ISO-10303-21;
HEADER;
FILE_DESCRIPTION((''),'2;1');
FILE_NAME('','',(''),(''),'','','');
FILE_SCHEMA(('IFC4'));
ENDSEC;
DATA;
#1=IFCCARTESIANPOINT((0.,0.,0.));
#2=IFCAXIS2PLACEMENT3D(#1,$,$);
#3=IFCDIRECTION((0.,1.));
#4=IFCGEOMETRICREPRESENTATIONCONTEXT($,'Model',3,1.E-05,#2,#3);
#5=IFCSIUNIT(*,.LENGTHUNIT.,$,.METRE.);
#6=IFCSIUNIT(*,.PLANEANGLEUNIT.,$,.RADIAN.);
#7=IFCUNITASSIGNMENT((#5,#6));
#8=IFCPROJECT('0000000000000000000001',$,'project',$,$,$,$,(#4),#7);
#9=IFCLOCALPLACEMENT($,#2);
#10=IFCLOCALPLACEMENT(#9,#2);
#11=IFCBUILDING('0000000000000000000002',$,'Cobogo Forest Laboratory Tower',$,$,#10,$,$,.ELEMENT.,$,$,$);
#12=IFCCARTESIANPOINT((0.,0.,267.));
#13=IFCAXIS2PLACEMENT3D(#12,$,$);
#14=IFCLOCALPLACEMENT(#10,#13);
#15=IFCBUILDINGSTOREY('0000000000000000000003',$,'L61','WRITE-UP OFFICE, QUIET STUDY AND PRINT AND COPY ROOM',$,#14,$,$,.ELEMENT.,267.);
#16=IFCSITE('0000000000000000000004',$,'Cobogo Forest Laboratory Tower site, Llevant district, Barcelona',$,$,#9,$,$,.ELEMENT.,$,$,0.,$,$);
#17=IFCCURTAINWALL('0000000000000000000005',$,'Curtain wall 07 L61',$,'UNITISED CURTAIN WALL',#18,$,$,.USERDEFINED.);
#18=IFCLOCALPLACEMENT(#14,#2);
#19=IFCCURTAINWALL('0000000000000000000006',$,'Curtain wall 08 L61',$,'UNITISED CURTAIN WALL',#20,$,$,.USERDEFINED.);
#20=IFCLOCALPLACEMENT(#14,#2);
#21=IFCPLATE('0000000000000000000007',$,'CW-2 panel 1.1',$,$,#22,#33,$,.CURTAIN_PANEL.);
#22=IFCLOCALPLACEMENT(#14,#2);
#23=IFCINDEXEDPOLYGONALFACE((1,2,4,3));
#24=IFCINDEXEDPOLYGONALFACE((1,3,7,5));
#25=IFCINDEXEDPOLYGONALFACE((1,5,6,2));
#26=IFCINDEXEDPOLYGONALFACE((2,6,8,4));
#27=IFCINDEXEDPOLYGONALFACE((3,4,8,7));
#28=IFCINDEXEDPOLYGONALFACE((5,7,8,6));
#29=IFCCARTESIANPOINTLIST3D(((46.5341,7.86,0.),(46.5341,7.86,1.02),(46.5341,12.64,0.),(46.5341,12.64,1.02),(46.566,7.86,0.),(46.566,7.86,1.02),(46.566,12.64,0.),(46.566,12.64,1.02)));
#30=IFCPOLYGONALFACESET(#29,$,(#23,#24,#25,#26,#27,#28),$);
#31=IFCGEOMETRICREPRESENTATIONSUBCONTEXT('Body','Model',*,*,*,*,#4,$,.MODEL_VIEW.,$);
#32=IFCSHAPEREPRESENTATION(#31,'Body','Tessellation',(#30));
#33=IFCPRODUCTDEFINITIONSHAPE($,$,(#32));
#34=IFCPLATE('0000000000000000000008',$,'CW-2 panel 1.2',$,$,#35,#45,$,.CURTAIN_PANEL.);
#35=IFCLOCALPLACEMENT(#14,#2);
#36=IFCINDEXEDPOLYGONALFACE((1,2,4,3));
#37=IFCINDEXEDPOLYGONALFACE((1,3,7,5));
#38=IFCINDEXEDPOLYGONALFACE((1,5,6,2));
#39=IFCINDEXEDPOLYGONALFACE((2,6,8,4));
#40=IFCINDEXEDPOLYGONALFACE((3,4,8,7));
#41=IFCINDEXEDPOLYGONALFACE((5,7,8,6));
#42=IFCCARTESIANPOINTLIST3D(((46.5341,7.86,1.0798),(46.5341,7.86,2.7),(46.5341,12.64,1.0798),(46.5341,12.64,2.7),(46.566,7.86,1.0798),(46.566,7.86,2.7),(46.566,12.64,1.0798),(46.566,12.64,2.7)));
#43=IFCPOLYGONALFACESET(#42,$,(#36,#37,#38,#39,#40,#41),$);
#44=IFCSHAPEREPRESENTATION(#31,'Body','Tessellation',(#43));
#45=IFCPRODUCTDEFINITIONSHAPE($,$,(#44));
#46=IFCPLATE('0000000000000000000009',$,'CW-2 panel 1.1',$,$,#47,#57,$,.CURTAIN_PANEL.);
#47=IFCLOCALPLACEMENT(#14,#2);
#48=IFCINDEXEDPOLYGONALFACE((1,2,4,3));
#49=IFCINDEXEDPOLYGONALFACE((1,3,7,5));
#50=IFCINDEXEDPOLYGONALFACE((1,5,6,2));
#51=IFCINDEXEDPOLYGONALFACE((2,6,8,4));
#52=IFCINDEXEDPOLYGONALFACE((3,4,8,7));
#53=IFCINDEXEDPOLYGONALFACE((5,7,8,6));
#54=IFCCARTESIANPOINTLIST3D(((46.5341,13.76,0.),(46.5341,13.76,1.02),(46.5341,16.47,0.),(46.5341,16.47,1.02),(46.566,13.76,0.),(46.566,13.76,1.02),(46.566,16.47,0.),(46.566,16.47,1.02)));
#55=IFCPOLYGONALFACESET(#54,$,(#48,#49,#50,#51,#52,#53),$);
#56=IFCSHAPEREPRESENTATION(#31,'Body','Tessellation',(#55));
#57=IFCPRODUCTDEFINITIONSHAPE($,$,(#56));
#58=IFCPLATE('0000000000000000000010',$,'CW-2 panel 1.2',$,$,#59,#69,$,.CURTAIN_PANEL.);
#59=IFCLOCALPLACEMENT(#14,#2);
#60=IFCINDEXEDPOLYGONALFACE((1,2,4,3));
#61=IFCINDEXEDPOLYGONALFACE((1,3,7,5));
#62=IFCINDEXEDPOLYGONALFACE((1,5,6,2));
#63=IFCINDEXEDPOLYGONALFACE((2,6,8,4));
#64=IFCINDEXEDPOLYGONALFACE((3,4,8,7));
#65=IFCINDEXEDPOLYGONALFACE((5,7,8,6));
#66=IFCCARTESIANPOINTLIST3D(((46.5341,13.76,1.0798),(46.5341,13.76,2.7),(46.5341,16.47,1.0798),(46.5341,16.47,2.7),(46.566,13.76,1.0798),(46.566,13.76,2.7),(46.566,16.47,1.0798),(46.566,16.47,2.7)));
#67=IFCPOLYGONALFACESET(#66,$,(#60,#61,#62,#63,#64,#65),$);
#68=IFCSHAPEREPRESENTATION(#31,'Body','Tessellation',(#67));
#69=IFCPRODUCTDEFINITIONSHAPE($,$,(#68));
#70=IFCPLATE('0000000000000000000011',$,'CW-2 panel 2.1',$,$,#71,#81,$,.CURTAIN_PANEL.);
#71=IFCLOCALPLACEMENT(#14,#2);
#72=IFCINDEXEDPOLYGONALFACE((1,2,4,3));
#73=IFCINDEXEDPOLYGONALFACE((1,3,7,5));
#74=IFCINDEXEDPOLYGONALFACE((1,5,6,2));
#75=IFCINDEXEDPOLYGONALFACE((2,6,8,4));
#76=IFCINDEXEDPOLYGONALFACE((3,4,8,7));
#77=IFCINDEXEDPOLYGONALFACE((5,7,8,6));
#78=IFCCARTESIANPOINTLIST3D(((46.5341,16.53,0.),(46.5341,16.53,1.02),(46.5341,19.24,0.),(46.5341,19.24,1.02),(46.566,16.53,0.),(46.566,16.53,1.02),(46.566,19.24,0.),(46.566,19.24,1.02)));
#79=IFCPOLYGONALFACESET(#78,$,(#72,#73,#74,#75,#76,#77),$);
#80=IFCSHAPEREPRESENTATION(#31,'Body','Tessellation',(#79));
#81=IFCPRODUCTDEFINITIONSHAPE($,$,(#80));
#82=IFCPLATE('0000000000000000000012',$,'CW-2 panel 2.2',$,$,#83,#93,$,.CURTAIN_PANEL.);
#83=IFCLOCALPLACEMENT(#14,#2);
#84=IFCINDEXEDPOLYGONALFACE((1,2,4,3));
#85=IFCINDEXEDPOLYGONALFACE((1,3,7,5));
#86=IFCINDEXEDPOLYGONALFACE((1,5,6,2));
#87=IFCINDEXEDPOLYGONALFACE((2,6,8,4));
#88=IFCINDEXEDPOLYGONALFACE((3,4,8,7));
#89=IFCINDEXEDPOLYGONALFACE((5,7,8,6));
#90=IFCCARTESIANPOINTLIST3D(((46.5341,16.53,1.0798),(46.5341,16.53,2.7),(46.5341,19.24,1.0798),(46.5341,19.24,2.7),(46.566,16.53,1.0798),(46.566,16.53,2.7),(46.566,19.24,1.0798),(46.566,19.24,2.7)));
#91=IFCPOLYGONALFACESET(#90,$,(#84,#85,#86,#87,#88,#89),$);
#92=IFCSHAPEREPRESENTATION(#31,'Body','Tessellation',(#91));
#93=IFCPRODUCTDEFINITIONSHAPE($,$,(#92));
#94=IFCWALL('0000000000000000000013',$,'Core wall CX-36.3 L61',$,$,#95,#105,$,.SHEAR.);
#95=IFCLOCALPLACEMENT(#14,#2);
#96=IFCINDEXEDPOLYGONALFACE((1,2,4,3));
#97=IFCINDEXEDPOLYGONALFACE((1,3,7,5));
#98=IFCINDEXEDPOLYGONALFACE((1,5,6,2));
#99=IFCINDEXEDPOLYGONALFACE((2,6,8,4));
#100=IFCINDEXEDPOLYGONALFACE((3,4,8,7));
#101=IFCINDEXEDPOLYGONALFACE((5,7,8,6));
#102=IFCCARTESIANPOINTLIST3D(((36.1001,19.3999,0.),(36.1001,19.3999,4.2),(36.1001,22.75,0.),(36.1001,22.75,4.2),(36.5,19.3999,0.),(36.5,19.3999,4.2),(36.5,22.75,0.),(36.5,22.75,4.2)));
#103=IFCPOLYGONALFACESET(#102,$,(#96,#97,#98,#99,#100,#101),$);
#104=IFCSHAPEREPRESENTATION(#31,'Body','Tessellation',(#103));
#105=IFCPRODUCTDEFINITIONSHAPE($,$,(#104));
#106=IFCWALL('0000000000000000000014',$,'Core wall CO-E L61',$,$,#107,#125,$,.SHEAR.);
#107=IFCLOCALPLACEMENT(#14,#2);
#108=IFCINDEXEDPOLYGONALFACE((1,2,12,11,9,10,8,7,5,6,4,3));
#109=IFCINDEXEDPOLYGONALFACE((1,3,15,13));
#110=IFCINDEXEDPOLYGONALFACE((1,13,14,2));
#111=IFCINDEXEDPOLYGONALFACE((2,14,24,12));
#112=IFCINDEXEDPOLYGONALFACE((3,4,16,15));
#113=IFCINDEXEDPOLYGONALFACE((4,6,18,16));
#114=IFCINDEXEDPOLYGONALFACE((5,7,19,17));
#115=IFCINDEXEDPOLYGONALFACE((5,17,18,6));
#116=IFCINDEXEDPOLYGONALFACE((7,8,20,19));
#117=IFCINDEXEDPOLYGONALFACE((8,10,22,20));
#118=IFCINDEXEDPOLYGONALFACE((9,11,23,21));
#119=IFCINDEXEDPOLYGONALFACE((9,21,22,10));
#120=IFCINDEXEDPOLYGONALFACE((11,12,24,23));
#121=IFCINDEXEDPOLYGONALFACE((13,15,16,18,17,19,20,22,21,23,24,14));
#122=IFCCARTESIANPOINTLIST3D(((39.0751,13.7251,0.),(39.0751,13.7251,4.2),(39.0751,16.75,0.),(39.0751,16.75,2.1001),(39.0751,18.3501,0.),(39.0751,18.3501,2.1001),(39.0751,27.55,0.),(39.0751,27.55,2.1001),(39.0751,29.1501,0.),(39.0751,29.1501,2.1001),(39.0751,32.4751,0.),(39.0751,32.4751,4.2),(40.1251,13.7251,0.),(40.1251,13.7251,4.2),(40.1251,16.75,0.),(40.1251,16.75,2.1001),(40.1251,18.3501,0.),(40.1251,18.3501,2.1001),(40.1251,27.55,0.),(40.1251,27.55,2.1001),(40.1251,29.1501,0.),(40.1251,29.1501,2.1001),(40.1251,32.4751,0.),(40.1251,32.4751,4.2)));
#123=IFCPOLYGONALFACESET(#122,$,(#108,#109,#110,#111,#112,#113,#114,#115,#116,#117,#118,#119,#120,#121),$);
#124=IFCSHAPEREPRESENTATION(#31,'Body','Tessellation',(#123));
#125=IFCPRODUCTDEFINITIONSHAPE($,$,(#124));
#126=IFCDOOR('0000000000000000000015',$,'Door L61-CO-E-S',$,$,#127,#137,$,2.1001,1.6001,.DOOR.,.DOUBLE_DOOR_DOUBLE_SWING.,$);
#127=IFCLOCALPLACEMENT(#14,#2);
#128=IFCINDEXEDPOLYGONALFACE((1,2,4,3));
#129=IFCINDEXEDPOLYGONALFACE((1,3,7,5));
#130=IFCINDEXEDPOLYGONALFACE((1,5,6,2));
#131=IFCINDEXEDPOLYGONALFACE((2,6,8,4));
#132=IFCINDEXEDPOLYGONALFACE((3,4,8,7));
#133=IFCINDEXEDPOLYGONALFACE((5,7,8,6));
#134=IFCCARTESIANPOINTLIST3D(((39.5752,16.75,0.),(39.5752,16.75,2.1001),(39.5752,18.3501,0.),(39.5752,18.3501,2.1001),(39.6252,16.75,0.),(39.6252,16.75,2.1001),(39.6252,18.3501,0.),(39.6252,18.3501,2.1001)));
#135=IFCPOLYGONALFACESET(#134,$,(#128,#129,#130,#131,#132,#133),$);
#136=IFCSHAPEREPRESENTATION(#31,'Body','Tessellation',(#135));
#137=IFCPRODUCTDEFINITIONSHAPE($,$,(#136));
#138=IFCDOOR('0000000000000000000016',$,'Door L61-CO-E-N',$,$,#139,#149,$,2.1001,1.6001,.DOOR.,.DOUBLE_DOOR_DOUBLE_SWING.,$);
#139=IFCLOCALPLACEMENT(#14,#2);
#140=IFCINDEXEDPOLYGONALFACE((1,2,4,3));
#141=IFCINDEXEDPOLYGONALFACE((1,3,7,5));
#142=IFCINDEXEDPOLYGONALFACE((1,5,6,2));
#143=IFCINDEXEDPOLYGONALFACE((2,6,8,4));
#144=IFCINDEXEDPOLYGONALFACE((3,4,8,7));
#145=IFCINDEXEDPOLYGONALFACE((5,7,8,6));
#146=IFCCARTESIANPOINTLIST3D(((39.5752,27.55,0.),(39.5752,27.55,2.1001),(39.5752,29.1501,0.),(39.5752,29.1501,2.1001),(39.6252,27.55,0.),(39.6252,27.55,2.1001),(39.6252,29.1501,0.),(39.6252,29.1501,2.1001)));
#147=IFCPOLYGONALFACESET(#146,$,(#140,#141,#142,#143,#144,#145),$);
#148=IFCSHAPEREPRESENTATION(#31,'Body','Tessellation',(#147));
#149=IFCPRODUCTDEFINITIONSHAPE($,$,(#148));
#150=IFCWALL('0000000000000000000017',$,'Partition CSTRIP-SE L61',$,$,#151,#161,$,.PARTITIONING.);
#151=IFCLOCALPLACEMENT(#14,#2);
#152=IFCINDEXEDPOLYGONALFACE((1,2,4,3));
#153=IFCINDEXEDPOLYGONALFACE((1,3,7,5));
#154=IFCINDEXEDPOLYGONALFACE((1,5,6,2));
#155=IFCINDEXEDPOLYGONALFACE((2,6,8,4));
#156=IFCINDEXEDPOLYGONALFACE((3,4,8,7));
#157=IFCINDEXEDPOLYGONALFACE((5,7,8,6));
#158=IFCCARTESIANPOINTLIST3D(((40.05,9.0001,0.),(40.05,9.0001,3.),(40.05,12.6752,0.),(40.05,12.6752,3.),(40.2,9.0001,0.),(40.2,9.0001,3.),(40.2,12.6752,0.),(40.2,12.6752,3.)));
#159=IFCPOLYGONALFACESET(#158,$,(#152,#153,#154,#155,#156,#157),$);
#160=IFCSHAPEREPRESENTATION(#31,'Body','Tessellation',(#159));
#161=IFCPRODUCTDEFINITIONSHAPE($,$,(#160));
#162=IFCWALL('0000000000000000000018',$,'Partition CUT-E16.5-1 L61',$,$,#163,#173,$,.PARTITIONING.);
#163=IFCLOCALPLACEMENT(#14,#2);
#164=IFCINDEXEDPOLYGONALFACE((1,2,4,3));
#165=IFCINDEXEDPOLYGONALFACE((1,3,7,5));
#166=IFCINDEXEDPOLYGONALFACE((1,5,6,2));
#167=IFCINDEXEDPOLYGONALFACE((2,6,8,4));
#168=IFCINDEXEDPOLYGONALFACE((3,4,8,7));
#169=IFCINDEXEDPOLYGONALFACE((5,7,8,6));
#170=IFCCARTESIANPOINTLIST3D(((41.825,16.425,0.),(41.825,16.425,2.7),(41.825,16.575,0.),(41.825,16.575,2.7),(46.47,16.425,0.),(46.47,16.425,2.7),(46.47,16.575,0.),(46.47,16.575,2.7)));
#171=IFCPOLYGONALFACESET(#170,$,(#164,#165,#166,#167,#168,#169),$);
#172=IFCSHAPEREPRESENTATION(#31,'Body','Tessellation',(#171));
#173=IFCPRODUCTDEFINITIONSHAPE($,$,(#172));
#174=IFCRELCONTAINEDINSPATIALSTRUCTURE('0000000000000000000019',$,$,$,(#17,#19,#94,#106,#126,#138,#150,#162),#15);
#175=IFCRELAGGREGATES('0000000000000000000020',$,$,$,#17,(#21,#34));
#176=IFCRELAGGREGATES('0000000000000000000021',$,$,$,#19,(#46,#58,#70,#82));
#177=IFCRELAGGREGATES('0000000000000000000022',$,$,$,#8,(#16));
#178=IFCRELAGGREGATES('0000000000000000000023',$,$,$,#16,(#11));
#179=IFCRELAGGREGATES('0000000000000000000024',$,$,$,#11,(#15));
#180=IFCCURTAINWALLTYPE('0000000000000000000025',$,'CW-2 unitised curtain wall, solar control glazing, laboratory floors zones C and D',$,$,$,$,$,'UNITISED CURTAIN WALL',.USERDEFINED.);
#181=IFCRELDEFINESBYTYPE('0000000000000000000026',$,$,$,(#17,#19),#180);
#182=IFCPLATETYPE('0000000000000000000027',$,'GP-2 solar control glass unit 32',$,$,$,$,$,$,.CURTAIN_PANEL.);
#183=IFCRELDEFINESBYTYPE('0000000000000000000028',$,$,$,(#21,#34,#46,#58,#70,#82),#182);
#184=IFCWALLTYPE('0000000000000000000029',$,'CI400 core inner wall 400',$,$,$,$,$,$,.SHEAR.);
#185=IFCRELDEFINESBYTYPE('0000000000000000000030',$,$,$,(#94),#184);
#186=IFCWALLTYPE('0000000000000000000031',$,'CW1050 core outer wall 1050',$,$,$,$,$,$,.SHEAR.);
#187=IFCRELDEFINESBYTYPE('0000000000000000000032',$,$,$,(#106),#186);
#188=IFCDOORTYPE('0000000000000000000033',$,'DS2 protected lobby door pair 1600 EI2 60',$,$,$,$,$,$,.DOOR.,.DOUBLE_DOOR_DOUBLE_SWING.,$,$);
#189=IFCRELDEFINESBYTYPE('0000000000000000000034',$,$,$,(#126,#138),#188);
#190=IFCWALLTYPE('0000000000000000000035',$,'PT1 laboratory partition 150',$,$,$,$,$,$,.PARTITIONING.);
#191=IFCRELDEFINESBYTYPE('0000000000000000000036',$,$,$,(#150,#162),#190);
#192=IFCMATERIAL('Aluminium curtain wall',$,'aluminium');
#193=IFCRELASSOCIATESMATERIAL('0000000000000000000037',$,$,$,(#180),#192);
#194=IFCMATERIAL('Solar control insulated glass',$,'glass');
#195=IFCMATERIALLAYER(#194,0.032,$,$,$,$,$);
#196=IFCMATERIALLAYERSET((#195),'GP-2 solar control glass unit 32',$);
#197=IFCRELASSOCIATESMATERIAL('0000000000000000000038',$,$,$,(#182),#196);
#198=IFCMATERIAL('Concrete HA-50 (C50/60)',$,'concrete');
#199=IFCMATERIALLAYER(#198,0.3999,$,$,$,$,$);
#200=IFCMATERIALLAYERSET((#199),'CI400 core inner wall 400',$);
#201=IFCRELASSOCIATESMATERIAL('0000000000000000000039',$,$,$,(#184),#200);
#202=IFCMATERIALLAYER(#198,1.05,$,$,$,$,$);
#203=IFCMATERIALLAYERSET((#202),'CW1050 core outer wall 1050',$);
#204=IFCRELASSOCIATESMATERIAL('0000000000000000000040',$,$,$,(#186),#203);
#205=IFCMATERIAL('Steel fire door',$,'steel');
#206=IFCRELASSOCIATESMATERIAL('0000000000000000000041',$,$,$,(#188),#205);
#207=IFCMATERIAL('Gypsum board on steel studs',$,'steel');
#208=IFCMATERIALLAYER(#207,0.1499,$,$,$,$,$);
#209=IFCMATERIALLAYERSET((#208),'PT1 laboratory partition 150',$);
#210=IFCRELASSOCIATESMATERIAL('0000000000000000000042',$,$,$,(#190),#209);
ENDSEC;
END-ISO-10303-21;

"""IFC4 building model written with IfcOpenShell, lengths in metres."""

from ifc_helpers import new_model, si_unit, direction, frame, frame_2d, origin, origin_2d, place, context, subcontext, project, spatial, rectangle, extrude, material, layer, layer_set, type_object, element, fill, aggregate, save


model = new_model("IFC4")

# Units and contexts
model_context = context("Model", 3, precision=1e-05, world=origin(), true_north=direction((0.0, 1.0)))
body_context = subcontext(model_context, "Body", "Model", "MODEL_VIEW")
ifc_project = project(units=[si_unit("LENGTHUNIT", "METRE"), si_unit("PLANEANGLEUNIT", "RADIAN")], contexts=[model_context])

# Site, building, storey
site_placement = place(None, origin())
site = spatial("IfcSite", under=ifc_project, at=site_placement, Name="Cobogo Forest Laboratory Tower site, Llevant district, Barcelona", CompositionType="ELEMENT", RefElevation=0.0)
building_placement = place(site_placement, origin())
building = spatial("IfcBuilding", under=site, at=building_placement, Name="Cobogo Forest Laboratory Tower", CompositionType="ELEMENT")
storey_placement = place(building_placement, frame((0.0, 0.0, 267.0)))
storey = spatial("IfcBuildingStorey", under=building, at=storey_placement, Name="L61", Description="WRITE-UP OFFICE, QUIET STUDY AND PRINT AND COPY ROOM", CompositionType="ELEMENT", Elevation=267.0)

# Shared definitions
ifc_material_1 = material(Name="Concrete HA-50 (C50/60)", Category="concrete")

# Curtain walls
ifc_material_2 = material(Name="Aluminium curtain wall", Category="aluminium")
curtain_wall_type = type_object("IfcCurtainWallType", Name="CW-2 unitised curtain wall, solar control glazing, laboratory floors zones C and D", ElementType="UNITISED CURTAIN WALL", PredefinedType="USERDEFINED", material=ifc_material_2)
curtain_wall_1_placement = place(storey_placement, origin())
curtain_wall_1 = element("IfcCurtainWall", 1, at=curtain_wall_1_placement, inside=storey, type_object=curtain_wall_type, Name="Curtain wall 07 L61", ObjectType="UNITISED CURTAIN WALL", PredefinedType="USERDEFINED")
curtain_wall_2_placement = place(storey_placement, origin())
curtain_wall_2 = element("IfcCurtainWall", 2, at=curtain_wall_2_placement, inside=storey, type_object=curtain_wall_type, Name="Curtain wall 08 L61", ObjectType="UNITISED CURTAIN WALL", PredefinedType="USERDEFINED")

# Plates
ifc_material_3 = material(Name="Solar control insulated glass", Category="glass")
ifc_layer_1 = layer(ifc_material_3, 0.032)
ifc_layer_set_1 = layer_set([ifc_layer_1], Name="GP-2 solar control glass unit 32")
plate_type_1 = type_object("IfcPlateType", Name="GP-2 solar control glass unit 32", PredefinedType="CURTAIN_PANEL", material=ifc_layer_set_1)
plate_1_placement = place(storey_placement, frame((46.55, 10.25, 0.0), z_axis=(0.0, 0.0, 1.0), x_axis=(0.0, 1.0, 0.0)))
plate_1 = element("IfcPlate", 3, at=plate_1_placement, type_object=plate_type_1, Name="CW-2 panel 1.1", PredefinedType="CURTAIN_PANEL", context=body_context, shape_type="SweptSolid", body=[
    extrude(rectangle(XDim=4.78, YDim=0.032, at=origin_2d()), origin(), (0.0, 0.0, 1.0), 1.02),
])
plate_2_placement = place(storey_placement, frame((46.55, 10.25, 1.0798), z_axis=(0.0, 0.0, 1.0), x_axis=(0.0, 1.0, 0.0)))
plate_2 = element("IfcPlate", 4, at=plate_2_placement, type_object=plate_type_1, Name="CW-2 panel 1.2", PredefinedType="CURTAIN_PANEL", context=body_context, shape_type="SweptSolid", body=[
    extrude(rectangle(XDim=4.78, YDim=0.032, at=origin_2d()), origin(), (0.0, 0.0, 1.0), 1.6201),
])
aggregate(curtain_wall_1, [plate_1, plate_2])
plate_3_placement = place(storey_placement, frame((46.55, 15.115, 0.0), z_axis=(0.0, 0.0, 1.0), x_axis=(0.0, 1.0, 0.0)))
plate_3 = element("IfcPlate", 5, at=plate_3_placement, type_object=plate_type_1, Name="CW-2 panel 1.1", PredefinedType="CURTAIN_PANEL", context=body_context, shape_type="SweptSolid", body=[
    extrude(rectangle(XDim=2.71, YDim=0.032, at=origin_2d()), origin(), (0.0, 0.0, 1.0), 1.02),
])
plate_4_placement = place(storey_placement, frame((46.55, 15.115, 1.0798), z_axis=(0.0, 0.0, 1.0), x_axis=(0.0, 1.0, 0.0)))
plate_4 = element("IfcPlate", 6, at=plate_4_placement, type_object=plate_type_1, Name="CW-2 panel 1.2", PredefinedType="CURTAIN_PANEL", context=body_context, shape_type="SweptSolid", body=[
    extrude(rectangle(XDim=2.71, YDim=0.032, at=origin_2d()), origin(), (0.0, 0.0, 1.0), 1.6201),
])
plate_5_placement = place(storey_placement, frame((46.55, 17.885, 0.0), z_axis=(0.0, 0.0, 1.0), x_axis=(0.0, 1.0, 0.0)))
plate_5 = element("IfcPlate", 7, at=plate_5_placement, type_object=plate_type_1, Name="CW-2 panel 2.1", PredefinedType="CURTAIN_PANEL", context=body_context, shape_type="SweptSolid", body=[
    extrude(rectangle(XDim=2.71, YDim=0.032, at=origin_2d()), origin(), (0.0, 0.0, 1.0), 1.02),
])
plate_6_placement = place(storey_placement, frame((46.55, 17.885, 1.0798), z_axis=(0.0, 0.0, 1.0), x_axis=(0.0, 1.0, 0.0)))
plate_6 = element("IfcPlate", 8, at=plate_6_placement, type_object=plate_type_1, Name="CW-2 panel 2.2", PredefinedType="CURTAIN_PANEL", context=body_context, shape_type="SweptSolid", body=[
    extrude(rectangle(XDim=2.71, YDim=0.032, at=origin_2d()), origin(), (0.0, 0.0, 1.0), 1.6201),
])
aggregate(curtain_wall_2, [plate_3, plate_4, plate_5, plate_6])

# Wall
ifc_layer_2 = layer(ifc_material_1, 0.3999)
ifc_layer_set_2 = layer_set([ifc_layer_2], Name="CI400 core inner wall 400")
wall_type_1 = type_object("IfcWallType", Name="CI400 core inner wall 400", PredefinedType="SHEAR", material=ifc_layer_set_2)
wall_1_placement = place(storey_placement, frame((36.3, 19.3999, 0.0), z_axis=(0.0, 0.0, 1.0), x_axis=(0.0, 1.0, 0.0)))
element("IfcWall", 9, at=wall_1_placement, inside=storey, type_object=wall_type_1, Name="Core wall CX-36.3 L61", PredefinedType="SHEAR", context=body_context, shape_type="SweptSolid", body=[
    extrude(rectangle(XDim=3.3501, YDim=0.3999, at=frame_2d((1.675, 0.0))), origin(), (0.0, 0.0, 1.0), 4.2),
])

# Wall, openings, doors
ifc_layer_3 = layer(ifc_material_1, 1.05)
ifc_layer_set_3 = layer_set([ifc_layer_3], Name="CW1050 core outer wall 1050")
wall_type_2 = type_object("IfcWallType", Name="CW1050 core outer wall 1050", PredefinedType="SHEAR", material=ifc_layer_set_3)
wall_2_placement = place(storey_placement, frame((39.6001, 13.7251, 0.0), z_axis=(0.0, 0.0, 1.0), x_axis=(0.0, 1.0, 0.0)))
wall_2 = element("IfcWall", 10, at=wall_2_placement, inside=storey, type_object=wall_type_2, Name="Core wall CO-E L61", PredefinedType="SHEAR", context=body_context, shape_type="SweptSolid", body=[
    extrude(rectangle(XDim=18.75, YDim=1.05, at=frame_2d((9.375, 0.0))), origin(), (0.0, 0.0, 1.0), 4.2),
])
opening_1_placement = place(wall_2_placement, frame((3.0249, 0.0, 0.0)))
opening_1 = element("IfcOpeningElement", 11, at=opening_1_placement, cuts=wall_2, PredefinedType="OPENING", context=body_context, shape_type="SweptSolid", body=[
    extrude(rectangle(XDim=1.6001, YDim=2.1001, at=frame_2d((0.8, 1.05))), frame((0.0, 0.5349, 0.0), z_axis=(0.0, -1.0, 0.0), x_axis=(1.0, 0.0, 0.0)), (0.0, 0.0, 1.0), 1.0701),
])
opening_2_placement = place(wall_2_placement, frame((13.825, 0.0, 0.0)))
opening_2 = element("IfcOpeningElement", 12, at=opening_2_placement, cuts=wall_2, PredefinedType="OPENING", context=body_context, shape_type="SweptSolid", body=[
    extrude(rectangle(XDim=1.6001, YDim=2.1001, at=frame_2d((0.8, 1.05))), frame((0.0, 0.5349, 0.0), z_axis=(0.0, -1.0, 0.0), x_axis=(1.0, 0.0, 0.0)), (0.0, 0.0, 1.0), 1.0701),
])
ifc_material_4 = material(Name="Steel fire door", Category="steel")
door_type = type_object("IfcDoorType", Name="DS2 protected lobby door pair 1600 EI2 60", OperationType="DOUBLE_DOOR_DOUBLE_SWING", PredefinedType="DOOR", material=ifc_material_4)
door_1_placement = place(opening_1_placement, origin())
door_1 = element("IfcDoor", 13, at=door_1_placement, inside=storey, type_object=door_type, Name="Door L61-CO-E-S", OperationType="DOUBLE_DOOR_DOUBLE_SWING", OverallHeight=2.1001, OverallWidth=1.6001, PredefinedType="DOOR", context=body_context, shape_type="SweptSolid", body=[
    extrude(rectangle(XDim=1.6001, YDim=2.1001, at=frame_2d((0.8, 1.05))), frame((0.0, 0.0249, 0.0), z_axis=(0.0, -1.0, 0.0), x_axis=(1.0, 0.0, 0.0)), (0.0, 0.0, 1.0), 0.05),
])
fill(opening_1, door_1)
door_2_placement = place(opening_2_placement, origin())
door_2 = element("IfcDoor", 14, at=door_2_placement, inside=storey, type_object=door_type, Name="Door L61-CO-E-N", OperationType="DOUBLE_DOOR_DOUBLE_SWING", OverallHeight=2.1001, OverallWidth=1.6001, PredefinedType="DOOR", context=body_context, shape_type="SweptSolid", body=[
    extrude(rectangle(XDim=1.6001, YDim=2.1001, at=frame_2d((0.8, 1.05))), frame((0.0, 0.0249, 0.0), z_axis=(0.0, -1.0, 0.0), x_axis=(1.0, 0.0, 0.0)), (0.0, 0.0, 1.0), 0.05),
])
fill(opening_2, door_2)

# Walls
ifc_material_5 = material(Name="Gypsum board on steel studs", Category="steel")
ifc_layer_4 = layer(ifc_material_5, 0.1499)
ifc_layer_set_4 = layer_set([ifc_layer_4], Name="PT1 laboratory partition 150")
wall_type_3 = type_object("IfcWallType", Name="PT1 laboratory partition 150", PredefinedType="PARTITIONING", material=ifc_layer_set_4)
wall_3_placement = place(storey_placement, frame((40.125, 12.675, 0.0), z_axis=(0.0, 0.0, 1.0), x_axis=(0.0, -1.0, 0.0)))
element("IfcWall", 15, at=wall_3_placement, inside=storey, type_object=wall_type_3, Name="Partition CSTRIP-SE L61", PredefinedType="PARTITIONING", context=body_context, shape_type="SweptSolid", body=[
    extrude(rectangle(XDim=3.675, YDim=0.1499, at=frame_2d((1.8374, 0.0))), origin(), (0.0, 0.0, 1.0), 3.0),
])
wall_4_placement = place(storey_placement, frame((46.47, 16.5, 0.0), z_axis=(0.0, 0.0, 1.0), x_axis=(-1.0, 0.0, 0.0)))
element("IfcWall", 16, at=wall_4_placement, inside=storey, type_object=wall_type_3, Name="Partition CUT-E16.5-1 L61", PredefinedType="PARTITIONING", context=body_context, shape_type="SweptSolid", body=[
    extrude(rectangle(XDim=4.645, YDim=0.1499, at=frame_2d((2.3225, 0.0))), origin(), (0.0, 0.0, 1.0), 2.7),
])

save(model, "model.ifc")
